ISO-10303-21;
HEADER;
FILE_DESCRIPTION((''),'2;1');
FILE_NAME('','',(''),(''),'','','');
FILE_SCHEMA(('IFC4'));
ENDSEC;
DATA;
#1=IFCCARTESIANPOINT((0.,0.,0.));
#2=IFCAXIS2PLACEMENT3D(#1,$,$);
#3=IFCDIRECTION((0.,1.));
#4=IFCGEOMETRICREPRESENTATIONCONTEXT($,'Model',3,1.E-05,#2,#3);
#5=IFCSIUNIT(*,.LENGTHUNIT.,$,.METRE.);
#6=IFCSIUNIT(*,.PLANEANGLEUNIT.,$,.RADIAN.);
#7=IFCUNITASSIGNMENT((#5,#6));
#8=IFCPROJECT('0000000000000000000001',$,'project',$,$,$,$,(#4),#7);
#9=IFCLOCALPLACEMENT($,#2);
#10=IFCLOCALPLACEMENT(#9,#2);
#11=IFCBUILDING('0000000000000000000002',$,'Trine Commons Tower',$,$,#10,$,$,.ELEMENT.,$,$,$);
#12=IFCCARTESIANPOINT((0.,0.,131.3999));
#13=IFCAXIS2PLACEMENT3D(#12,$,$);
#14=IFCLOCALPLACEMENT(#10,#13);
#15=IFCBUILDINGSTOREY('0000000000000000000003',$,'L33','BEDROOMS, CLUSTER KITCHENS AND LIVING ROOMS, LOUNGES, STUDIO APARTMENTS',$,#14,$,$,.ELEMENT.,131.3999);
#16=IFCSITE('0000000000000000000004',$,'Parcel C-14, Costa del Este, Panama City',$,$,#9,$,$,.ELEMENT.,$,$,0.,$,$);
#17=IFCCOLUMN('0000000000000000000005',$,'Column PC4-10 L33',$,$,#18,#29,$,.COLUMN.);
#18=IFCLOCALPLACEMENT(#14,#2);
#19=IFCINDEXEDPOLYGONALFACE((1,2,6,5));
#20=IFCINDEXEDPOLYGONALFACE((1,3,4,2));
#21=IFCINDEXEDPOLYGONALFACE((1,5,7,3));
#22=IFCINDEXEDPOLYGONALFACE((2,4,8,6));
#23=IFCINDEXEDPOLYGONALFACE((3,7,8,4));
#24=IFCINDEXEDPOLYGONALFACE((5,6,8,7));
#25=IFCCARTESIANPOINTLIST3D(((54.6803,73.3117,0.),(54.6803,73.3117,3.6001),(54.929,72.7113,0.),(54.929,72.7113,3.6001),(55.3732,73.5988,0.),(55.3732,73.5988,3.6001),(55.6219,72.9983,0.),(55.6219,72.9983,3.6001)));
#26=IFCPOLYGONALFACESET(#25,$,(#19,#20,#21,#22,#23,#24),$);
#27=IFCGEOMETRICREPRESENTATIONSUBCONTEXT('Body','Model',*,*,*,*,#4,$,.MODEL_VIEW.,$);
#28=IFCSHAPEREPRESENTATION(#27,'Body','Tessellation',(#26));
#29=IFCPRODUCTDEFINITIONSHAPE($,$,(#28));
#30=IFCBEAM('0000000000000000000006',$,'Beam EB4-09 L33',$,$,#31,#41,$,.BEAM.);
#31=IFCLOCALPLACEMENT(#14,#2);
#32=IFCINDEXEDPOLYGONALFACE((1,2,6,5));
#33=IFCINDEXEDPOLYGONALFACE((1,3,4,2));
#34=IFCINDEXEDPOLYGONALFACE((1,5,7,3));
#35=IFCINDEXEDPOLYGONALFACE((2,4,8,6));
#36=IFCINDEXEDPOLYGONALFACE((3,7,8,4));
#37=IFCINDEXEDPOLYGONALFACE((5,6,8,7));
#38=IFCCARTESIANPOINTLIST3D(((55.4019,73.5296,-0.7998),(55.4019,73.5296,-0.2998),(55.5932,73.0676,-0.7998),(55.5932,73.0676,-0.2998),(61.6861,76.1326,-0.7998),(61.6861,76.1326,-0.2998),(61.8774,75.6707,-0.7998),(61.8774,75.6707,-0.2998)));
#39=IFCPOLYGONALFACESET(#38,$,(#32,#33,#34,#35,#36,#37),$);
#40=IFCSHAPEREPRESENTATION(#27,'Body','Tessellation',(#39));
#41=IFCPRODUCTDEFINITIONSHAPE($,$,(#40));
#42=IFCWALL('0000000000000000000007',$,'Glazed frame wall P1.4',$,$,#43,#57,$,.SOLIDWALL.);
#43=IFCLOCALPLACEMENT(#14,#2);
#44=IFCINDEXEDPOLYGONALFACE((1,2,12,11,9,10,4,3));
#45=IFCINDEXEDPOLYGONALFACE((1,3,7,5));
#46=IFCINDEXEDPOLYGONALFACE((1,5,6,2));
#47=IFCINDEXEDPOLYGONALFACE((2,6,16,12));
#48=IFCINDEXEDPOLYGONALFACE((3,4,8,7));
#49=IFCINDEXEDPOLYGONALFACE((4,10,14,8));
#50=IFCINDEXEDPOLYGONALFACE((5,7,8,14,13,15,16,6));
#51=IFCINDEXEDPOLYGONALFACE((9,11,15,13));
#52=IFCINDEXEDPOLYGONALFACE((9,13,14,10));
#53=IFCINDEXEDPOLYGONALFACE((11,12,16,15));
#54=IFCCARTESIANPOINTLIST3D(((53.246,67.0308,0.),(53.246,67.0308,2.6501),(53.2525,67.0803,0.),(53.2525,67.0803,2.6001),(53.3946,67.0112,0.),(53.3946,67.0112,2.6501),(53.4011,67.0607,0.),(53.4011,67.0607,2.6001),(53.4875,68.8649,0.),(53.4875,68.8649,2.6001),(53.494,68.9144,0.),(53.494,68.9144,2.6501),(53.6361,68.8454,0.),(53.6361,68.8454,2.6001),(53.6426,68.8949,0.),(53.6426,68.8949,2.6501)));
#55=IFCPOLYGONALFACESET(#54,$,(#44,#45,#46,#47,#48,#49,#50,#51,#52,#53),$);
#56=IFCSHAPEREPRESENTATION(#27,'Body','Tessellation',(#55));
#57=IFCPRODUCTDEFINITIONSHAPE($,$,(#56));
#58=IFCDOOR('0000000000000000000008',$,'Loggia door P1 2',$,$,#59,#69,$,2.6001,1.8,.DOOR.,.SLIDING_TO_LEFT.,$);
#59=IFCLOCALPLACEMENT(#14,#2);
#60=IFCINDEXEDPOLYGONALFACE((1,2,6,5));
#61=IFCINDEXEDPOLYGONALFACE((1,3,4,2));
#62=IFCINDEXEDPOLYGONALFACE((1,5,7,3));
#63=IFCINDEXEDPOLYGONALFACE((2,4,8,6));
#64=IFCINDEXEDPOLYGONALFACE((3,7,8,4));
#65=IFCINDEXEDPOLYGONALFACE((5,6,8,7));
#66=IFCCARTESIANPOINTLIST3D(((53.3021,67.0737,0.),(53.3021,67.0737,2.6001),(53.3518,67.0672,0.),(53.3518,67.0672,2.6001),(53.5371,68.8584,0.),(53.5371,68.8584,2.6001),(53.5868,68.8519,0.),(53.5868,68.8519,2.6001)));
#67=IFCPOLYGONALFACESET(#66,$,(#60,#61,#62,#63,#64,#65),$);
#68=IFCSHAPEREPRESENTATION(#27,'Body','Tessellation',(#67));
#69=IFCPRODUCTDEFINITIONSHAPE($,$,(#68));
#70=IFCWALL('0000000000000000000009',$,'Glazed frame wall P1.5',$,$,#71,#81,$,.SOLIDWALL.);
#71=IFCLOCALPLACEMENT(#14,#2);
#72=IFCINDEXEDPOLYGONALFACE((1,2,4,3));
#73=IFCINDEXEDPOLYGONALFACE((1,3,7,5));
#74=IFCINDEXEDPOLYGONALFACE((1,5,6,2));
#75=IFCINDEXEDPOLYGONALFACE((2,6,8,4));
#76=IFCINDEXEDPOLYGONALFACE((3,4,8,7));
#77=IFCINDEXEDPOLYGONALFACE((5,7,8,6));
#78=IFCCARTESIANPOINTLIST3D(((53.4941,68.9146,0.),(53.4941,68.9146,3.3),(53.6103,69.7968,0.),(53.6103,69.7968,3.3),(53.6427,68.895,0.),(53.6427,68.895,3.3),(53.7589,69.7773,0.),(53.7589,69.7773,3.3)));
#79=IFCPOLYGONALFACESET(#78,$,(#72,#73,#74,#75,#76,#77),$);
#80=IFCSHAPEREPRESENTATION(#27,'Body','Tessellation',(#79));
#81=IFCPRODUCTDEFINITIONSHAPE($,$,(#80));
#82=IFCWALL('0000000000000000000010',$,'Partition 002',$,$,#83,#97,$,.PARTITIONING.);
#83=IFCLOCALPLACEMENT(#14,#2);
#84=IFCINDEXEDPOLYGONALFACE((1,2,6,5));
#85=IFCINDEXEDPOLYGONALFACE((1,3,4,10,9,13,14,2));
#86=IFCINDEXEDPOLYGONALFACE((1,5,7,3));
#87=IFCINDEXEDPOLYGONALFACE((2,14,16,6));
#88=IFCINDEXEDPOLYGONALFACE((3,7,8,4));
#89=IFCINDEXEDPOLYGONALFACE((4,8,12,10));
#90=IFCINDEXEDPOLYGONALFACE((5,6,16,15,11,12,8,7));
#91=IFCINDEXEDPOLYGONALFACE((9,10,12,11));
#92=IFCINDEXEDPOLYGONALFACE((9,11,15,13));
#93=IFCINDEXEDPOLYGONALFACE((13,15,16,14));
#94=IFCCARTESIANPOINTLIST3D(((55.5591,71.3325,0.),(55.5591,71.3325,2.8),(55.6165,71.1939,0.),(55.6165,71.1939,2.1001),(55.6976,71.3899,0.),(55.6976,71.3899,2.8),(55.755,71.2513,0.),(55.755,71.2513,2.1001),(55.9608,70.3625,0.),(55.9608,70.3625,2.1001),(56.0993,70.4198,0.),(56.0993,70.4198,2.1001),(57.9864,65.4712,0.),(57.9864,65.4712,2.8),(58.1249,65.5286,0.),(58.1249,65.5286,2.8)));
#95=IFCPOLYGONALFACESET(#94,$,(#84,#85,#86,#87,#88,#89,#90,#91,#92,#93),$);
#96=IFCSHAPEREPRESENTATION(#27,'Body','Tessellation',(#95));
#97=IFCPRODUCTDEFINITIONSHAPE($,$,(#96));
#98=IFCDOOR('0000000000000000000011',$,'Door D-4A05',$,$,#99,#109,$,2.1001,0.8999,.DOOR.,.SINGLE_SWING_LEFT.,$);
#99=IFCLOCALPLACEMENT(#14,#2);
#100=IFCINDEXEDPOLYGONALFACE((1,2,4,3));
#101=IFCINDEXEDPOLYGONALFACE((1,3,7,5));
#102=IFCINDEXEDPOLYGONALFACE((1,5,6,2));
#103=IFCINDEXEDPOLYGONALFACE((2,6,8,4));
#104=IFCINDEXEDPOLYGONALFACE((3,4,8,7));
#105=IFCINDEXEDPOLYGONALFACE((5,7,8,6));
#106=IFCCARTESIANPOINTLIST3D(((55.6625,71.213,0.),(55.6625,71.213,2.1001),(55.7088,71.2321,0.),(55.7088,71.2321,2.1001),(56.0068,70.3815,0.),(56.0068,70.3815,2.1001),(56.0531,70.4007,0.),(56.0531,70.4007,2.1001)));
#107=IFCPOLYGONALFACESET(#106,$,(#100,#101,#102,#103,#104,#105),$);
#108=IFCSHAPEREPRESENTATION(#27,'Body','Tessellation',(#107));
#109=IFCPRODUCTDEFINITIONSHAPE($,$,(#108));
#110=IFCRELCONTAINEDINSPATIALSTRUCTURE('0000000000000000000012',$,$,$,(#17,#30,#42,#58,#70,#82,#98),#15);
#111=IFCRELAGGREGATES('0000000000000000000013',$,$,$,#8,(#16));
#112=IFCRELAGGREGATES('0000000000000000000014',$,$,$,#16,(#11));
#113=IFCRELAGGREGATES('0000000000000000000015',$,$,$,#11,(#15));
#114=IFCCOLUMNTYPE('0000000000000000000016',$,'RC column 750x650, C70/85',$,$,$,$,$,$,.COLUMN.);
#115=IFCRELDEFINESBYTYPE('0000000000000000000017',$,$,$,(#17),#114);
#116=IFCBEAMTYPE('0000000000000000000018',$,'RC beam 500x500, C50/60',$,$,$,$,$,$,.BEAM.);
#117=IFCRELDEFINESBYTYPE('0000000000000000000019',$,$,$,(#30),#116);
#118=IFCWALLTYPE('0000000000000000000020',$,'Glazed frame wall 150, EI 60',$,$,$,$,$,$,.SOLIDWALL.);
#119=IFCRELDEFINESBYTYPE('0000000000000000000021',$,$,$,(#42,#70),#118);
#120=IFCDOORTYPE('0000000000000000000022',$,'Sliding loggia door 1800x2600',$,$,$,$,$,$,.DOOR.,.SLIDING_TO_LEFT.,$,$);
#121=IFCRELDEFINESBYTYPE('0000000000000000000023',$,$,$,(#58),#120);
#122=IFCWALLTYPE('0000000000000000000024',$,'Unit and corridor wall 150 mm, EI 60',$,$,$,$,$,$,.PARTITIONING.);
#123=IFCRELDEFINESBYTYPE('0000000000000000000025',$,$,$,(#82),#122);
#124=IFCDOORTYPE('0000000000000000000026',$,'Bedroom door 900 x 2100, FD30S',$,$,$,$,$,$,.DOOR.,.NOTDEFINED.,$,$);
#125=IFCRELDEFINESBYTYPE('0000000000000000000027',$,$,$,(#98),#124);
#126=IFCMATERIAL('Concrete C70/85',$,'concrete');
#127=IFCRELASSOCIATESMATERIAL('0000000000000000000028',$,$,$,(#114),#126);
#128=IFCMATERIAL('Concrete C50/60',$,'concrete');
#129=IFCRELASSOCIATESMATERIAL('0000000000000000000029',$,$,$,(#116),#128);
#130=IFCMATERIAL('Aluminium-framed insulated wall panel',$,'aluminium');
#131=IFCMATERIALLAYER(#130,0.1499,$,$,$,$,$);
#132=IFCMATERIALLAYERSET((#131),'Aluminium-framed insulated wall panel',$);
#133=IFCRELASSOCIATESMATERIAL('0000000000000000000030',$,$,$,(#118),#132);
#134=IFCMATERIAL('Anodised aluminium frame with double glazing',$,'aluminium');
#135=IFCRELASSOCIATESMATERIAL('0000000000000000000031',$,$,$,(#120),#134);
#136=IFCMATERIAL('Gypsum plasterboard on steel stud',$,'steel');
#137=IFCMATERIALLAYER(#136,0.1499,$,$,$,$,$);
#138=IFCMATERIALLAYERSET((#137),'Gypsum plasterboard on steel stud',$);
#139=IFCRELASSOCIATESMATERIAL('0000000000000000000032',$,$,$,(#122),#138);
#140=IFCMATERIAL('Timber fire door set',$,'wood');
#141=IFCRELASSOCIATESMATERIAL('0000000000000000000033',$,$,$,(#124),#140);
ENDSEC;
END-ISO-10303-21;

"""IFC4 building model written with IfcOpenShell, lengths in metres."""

from ifc_helpers import new_model, si_unit, direction, frame, frame_2d, origin, origin_2d, place, context, subcontext, project, spatial, polyline, rectangle, outline, extrude, material, layer, layer_set, material_profile, profile_set, type_object, element, fill, save


model = new_model("IFC4")

# Units and contexts
model_context = context("Model", 3, precision=1e-05, world=origin(), true_north=direction((0.0, 1.0)))
body_context = subcontext(model_context, "Body", "Model", "MODEL_VIEW")
ifc_project = project(units=[si_unit("LENGTHUNIT", "METRE"), si_unit("PLANEANGLEUNIT", "RADIAN")], contexts=[model_context])

# Site, building, storey
site_placement = place(None, origin())
site = spatial("IfcSite", under=ifc_project, at=site_placement, Name="Parcel C-14, Costa del Este, Panama City", CompositionType="ELEMENT", RefElevation=0.0)
building_placement = place(site_placement, origin())
building = spatial("IfcBuilding", under=site, at=building_placement, Name="Trine Commons Tower", CompositionType="ELEMENT")
storey_placement = place(building_placement, frame((0.0, 0.0, 131.3999)))
storey = spatial("IfcBuildingStorey", under=building, at=storey_placement, Name="L33", Description="BEDROOMS, CLUSTER KITCHENS AND LIVING ROOMS, LOUNGES, STUDIO APARTMENTS", CompositionType="ELEMENT", Elevation=131.3999)

# Column
ifc_material_1 = material(Name="Concrete C70/85", Category="concrete")
ifc_material_profile_1 = material_profile(ifc_material_1, rectangle(XDim=0.75, YDim=0.6499, at=origin_2d()), Name="RC 750x650")
ifc_profile_set_1 = profile_set([ifc_material_profile_1], Name="Concrete C70/85")
column_type = type_object("IfcColumnType", Name="RC column 750x650, C70/85", PredefinedType="COLUMN", material=ifc_profile_set_1)
column_placement = place(storey_placement, frame((55.1511, 73.155, 0.0), z_axis=(0.0, 0.0, 1.0), x_axis=(0.92388, 0.382683, 0.0)))
element("IfcColumn", 1, at=column_placement, inside=storey, type_object=column_type, Name="Column PC4-10 L33", PredefinedType="COLUMN", context=body_context, shape_type="SweptSolid", body=[
    extrude(rectangle(XDim=0.75, YDim=0.6499, at=origin_2d()), origin(), (0.0, 0.0, 1.0), 3.6001),
])

# Beam
ifc_material_2 = material(Name="Concrete C50/60", Category="concrete")
ifc_material_profile_2 = material_profile(ifc_material_2, rectangle(XDim=0.5, YDim=0.5, at=origin_2d()), Name="RC 500x500")
ifc_profile_set_2 = profile_set([ifc_material_profile_2], Name="Concrete C50/60")
beam_type = type_object("IfcBeamType", Name="RC beam 500x500, C50/60", PredefinedType="BEAM", material=ifc_profile_set_2)
beam_placement = place(storey_placement, frame((55.4976, 73.2986, -0.5498), z_axis=(0.923878, 0.382688, 0.0), x_axis=(-0.382688, 0.923878, 0.0)))
element("IfcBeam", 2, at=beam_placement, inside=storey, type_object=beam_type, Name="Beam EB4-09 L33", PredefinedType="BEAM", context=body_context, shape_type="SweptSolid", body=[
    extrude(rectangle(XDim=0.5, YDim=0.5, at=origin_2d()), origin(), (0.0, 0.0, 1.0), 6.802),
])

# Wall, opening, door
ifc_material_3 = material(Name="Aluminium-framed insulated wall panel", Category="aluminium")
ifc_layer_1 = layer(ifc_material_3, 0.1499)
ifc_layer_set_1 = layer_set([ifc_layer_1], Name="Aluminium-framed insulated wall panel")
wall_type_1 = type_object("IfcWallType", Name="Glazed frame wall 150, EI 60", PredefinedType="SOLIDWALL", material=ifc_layer_set_1)
wall_1_placement = place(storey_placement, frame((53.3203, 67.021, 0.0), z_axis=(0.0, 0.0, 1.0), x_axis=(0.130548, 0.991442, 0.0)))
wall_1 = element("IfcWall", 3, at=wall_1_placement, inside=storey, type_object=wall_type_1, Name="Glazed frame wall P1.4", PredefinedType="SOLIDWALL", context=body_context, shape_type="SweptSolid", body=[
    extrude(outline(polyline([(0.0, -0.075), (1.8999, -0.075), (1.8999, 0.075), (0.0, 0.075), (0.0, -0.075)])), origin(), (0.0, 0.0, 1.0), 2.6501),
])
opening_1_placement = place(wall_1_placement, frame((0.05, 0.0, 0.0)))
opening_1 = element("IfcOpeningElement", 4, at=opening_1_placement, cuts=wall_1, PredefinedType="OPENING", context=body_context, shape_type="SweptSolid", body=[
    extrude(rectangle(XDim=1.8, YDim=2.6001, at=frame_2d((0.8999, 1.3))), frame((0.0, 0.085, 0.0), z_axis=(0.0, -1.0, 0.0), x_axis=(1.0, 0.0, 0.0)), (0.0, 0.0, 1.0), 0.1699),
])
ifc_material_4 = material(Name="Anodised aluminium frame with double glazing", Category="aluminium")
door_type_1 = type_object("IfcDoorType", Name="Sliding loggia door 1800x2600", OperationType="SLIDING_TO_LEFT", PredefinedType="DOOR", material=ifc_material_4)
door_1_placement = place(opening_1_placement, origin())
door_1 = element("IfcDoor", 5, at=door_1_placement, inside=storey, type_object=door_type_1, Name="Loggia door P1 2", OperationType="SLIDING_TO_LEFT", OverallHeight=2.6001, OverallWidth=1.8, PredefinedType="DOOR", context=body_context, shape_type="SweptSolid", body=[
    extrude(rectangle(XDim=1.8, YDim=2.6001, at=frame_2d((0.8999, 1.3))), frame((0.0, 0.0249, 0.0), z_axis=(0.0, -1.0, 0.0), x_axis=(1.0, 0.0, 0.0)), (0.0, 0.0, 1.0), 0.05),
])
fill(opening_1, door_1)

# Wall
wall_2_placement = place(storey_placement, frame((53.5684, 68.9048, 0.0), z_axis=(0.0, 0.0, 1.0), x_axis=(0.130612, 0.991434, 0.0)))
element("IfcWall", 6, at=wall_2_placement, inside=storey, type_object=wall_type_1, Name="Glazed frame wall P1.5", PredefinedType="SOLIDWALL", context=body_context, shape_type="SweptSolid", body=[
    extrude(outline(polyline([(0.8899, 0.075), (0.0, 0.075), (0.0, -0.075), (0.8899, -0.075), (0.8899, 0.075)])), origin(), (0.0, 0.0, 1.0), 3.3),
])

# Wall, opening, door
ifc_material_5 = material(Name="Gypsum plasterboard on steel stud", Category="steel")
ifc_layer_2 = layer(ifc_material_5, 0.1499)
ifc_layer_set_2 = layer_set([ifc_layer_2], Name="Gypsum plasterboard on steel stud")
wall_type_2 = type_object("IfcWallType", Name="Unit and corridor wall 150 mm, EI 60", PredefinedType="PARTITIONING", material=ifc_layer_set_2)
wall_3_placement = place(storey_placement, frame((55.6284, 71.3611, 0.0), z_axis=(0.0, 0.0, 1.0), x_axis=(0.382603, -0.923913, 0.0)))
wall_3 = element("IfcWall", 7, at=wall_3_placement, inside=storey, type_object=wall_type_2, Name="Partition 002", PredefinedType="PARTITIONING", context=body_context, shape_type="SweptSolid", body=[
    extrude(rectangle(XDim=6.344, YDim=0.1499, at=frame_2d((3.1719, 0.0))), origin(), (0.0, 0.0, 1.0), 2.8),
])
opening_2_placement = place(wall_3_placement, frame((0.1499, 0.0, 0.0)))
opening_2 = element("IfcOpeningElement", 8, at=opening_2_placement, cuts=wall_3, PredefinedType="OPENING", context=body_context, shape_type="SweptSolid", body=[
    extrude(rectangle(XDim=0.8999, YDim=2.1001, at=frame_2d((0.45, 1.05))), frame((0.0, 0.085, 0.0), z_axis=(0.0, -1.0, 0.0), x_axis=(1.0, 0.0, 0.0)), (0.0, 0.0, 1.0), 0.1699),
])
ifc_material_6 = material(Name="Timber fire door set", Category="wood")
door_type_2 = type_object("IfcDoorType", Name="Bedroom door 900 x 2100, FD30S", OperationType="NOTDEFINED", PredefinedType="DOOR", material=ifc_material_6)
door_2_placement = place(opening_2_placement, origin())
door_2 = element("IfcDoor", 9, at=door_2_placement, inside=storey, type_object=door_type_2, Name="Door D-4A05", OperationType="SINGLE_SWING_LEFT", OverallHeight=2.1001, OverallWidth=0.8999, PredefinedType="DOOR", context=body_context, shape_type="SweptSolid", body=[
    extrude(rectangle(XDim=0.8999, YDim=2.1001, at=frame_2d((0.45, 1.05))), frame((0.0, 0.0249, 0.0), z_axis=(0.0, -1.0, 0.0), x_axis=(1.0, 0.0, 0.0)), (0.0, 0.0, 1.0), 0.05),
])
fill(opening_2, door_2)

save(model, "model.ifc")
